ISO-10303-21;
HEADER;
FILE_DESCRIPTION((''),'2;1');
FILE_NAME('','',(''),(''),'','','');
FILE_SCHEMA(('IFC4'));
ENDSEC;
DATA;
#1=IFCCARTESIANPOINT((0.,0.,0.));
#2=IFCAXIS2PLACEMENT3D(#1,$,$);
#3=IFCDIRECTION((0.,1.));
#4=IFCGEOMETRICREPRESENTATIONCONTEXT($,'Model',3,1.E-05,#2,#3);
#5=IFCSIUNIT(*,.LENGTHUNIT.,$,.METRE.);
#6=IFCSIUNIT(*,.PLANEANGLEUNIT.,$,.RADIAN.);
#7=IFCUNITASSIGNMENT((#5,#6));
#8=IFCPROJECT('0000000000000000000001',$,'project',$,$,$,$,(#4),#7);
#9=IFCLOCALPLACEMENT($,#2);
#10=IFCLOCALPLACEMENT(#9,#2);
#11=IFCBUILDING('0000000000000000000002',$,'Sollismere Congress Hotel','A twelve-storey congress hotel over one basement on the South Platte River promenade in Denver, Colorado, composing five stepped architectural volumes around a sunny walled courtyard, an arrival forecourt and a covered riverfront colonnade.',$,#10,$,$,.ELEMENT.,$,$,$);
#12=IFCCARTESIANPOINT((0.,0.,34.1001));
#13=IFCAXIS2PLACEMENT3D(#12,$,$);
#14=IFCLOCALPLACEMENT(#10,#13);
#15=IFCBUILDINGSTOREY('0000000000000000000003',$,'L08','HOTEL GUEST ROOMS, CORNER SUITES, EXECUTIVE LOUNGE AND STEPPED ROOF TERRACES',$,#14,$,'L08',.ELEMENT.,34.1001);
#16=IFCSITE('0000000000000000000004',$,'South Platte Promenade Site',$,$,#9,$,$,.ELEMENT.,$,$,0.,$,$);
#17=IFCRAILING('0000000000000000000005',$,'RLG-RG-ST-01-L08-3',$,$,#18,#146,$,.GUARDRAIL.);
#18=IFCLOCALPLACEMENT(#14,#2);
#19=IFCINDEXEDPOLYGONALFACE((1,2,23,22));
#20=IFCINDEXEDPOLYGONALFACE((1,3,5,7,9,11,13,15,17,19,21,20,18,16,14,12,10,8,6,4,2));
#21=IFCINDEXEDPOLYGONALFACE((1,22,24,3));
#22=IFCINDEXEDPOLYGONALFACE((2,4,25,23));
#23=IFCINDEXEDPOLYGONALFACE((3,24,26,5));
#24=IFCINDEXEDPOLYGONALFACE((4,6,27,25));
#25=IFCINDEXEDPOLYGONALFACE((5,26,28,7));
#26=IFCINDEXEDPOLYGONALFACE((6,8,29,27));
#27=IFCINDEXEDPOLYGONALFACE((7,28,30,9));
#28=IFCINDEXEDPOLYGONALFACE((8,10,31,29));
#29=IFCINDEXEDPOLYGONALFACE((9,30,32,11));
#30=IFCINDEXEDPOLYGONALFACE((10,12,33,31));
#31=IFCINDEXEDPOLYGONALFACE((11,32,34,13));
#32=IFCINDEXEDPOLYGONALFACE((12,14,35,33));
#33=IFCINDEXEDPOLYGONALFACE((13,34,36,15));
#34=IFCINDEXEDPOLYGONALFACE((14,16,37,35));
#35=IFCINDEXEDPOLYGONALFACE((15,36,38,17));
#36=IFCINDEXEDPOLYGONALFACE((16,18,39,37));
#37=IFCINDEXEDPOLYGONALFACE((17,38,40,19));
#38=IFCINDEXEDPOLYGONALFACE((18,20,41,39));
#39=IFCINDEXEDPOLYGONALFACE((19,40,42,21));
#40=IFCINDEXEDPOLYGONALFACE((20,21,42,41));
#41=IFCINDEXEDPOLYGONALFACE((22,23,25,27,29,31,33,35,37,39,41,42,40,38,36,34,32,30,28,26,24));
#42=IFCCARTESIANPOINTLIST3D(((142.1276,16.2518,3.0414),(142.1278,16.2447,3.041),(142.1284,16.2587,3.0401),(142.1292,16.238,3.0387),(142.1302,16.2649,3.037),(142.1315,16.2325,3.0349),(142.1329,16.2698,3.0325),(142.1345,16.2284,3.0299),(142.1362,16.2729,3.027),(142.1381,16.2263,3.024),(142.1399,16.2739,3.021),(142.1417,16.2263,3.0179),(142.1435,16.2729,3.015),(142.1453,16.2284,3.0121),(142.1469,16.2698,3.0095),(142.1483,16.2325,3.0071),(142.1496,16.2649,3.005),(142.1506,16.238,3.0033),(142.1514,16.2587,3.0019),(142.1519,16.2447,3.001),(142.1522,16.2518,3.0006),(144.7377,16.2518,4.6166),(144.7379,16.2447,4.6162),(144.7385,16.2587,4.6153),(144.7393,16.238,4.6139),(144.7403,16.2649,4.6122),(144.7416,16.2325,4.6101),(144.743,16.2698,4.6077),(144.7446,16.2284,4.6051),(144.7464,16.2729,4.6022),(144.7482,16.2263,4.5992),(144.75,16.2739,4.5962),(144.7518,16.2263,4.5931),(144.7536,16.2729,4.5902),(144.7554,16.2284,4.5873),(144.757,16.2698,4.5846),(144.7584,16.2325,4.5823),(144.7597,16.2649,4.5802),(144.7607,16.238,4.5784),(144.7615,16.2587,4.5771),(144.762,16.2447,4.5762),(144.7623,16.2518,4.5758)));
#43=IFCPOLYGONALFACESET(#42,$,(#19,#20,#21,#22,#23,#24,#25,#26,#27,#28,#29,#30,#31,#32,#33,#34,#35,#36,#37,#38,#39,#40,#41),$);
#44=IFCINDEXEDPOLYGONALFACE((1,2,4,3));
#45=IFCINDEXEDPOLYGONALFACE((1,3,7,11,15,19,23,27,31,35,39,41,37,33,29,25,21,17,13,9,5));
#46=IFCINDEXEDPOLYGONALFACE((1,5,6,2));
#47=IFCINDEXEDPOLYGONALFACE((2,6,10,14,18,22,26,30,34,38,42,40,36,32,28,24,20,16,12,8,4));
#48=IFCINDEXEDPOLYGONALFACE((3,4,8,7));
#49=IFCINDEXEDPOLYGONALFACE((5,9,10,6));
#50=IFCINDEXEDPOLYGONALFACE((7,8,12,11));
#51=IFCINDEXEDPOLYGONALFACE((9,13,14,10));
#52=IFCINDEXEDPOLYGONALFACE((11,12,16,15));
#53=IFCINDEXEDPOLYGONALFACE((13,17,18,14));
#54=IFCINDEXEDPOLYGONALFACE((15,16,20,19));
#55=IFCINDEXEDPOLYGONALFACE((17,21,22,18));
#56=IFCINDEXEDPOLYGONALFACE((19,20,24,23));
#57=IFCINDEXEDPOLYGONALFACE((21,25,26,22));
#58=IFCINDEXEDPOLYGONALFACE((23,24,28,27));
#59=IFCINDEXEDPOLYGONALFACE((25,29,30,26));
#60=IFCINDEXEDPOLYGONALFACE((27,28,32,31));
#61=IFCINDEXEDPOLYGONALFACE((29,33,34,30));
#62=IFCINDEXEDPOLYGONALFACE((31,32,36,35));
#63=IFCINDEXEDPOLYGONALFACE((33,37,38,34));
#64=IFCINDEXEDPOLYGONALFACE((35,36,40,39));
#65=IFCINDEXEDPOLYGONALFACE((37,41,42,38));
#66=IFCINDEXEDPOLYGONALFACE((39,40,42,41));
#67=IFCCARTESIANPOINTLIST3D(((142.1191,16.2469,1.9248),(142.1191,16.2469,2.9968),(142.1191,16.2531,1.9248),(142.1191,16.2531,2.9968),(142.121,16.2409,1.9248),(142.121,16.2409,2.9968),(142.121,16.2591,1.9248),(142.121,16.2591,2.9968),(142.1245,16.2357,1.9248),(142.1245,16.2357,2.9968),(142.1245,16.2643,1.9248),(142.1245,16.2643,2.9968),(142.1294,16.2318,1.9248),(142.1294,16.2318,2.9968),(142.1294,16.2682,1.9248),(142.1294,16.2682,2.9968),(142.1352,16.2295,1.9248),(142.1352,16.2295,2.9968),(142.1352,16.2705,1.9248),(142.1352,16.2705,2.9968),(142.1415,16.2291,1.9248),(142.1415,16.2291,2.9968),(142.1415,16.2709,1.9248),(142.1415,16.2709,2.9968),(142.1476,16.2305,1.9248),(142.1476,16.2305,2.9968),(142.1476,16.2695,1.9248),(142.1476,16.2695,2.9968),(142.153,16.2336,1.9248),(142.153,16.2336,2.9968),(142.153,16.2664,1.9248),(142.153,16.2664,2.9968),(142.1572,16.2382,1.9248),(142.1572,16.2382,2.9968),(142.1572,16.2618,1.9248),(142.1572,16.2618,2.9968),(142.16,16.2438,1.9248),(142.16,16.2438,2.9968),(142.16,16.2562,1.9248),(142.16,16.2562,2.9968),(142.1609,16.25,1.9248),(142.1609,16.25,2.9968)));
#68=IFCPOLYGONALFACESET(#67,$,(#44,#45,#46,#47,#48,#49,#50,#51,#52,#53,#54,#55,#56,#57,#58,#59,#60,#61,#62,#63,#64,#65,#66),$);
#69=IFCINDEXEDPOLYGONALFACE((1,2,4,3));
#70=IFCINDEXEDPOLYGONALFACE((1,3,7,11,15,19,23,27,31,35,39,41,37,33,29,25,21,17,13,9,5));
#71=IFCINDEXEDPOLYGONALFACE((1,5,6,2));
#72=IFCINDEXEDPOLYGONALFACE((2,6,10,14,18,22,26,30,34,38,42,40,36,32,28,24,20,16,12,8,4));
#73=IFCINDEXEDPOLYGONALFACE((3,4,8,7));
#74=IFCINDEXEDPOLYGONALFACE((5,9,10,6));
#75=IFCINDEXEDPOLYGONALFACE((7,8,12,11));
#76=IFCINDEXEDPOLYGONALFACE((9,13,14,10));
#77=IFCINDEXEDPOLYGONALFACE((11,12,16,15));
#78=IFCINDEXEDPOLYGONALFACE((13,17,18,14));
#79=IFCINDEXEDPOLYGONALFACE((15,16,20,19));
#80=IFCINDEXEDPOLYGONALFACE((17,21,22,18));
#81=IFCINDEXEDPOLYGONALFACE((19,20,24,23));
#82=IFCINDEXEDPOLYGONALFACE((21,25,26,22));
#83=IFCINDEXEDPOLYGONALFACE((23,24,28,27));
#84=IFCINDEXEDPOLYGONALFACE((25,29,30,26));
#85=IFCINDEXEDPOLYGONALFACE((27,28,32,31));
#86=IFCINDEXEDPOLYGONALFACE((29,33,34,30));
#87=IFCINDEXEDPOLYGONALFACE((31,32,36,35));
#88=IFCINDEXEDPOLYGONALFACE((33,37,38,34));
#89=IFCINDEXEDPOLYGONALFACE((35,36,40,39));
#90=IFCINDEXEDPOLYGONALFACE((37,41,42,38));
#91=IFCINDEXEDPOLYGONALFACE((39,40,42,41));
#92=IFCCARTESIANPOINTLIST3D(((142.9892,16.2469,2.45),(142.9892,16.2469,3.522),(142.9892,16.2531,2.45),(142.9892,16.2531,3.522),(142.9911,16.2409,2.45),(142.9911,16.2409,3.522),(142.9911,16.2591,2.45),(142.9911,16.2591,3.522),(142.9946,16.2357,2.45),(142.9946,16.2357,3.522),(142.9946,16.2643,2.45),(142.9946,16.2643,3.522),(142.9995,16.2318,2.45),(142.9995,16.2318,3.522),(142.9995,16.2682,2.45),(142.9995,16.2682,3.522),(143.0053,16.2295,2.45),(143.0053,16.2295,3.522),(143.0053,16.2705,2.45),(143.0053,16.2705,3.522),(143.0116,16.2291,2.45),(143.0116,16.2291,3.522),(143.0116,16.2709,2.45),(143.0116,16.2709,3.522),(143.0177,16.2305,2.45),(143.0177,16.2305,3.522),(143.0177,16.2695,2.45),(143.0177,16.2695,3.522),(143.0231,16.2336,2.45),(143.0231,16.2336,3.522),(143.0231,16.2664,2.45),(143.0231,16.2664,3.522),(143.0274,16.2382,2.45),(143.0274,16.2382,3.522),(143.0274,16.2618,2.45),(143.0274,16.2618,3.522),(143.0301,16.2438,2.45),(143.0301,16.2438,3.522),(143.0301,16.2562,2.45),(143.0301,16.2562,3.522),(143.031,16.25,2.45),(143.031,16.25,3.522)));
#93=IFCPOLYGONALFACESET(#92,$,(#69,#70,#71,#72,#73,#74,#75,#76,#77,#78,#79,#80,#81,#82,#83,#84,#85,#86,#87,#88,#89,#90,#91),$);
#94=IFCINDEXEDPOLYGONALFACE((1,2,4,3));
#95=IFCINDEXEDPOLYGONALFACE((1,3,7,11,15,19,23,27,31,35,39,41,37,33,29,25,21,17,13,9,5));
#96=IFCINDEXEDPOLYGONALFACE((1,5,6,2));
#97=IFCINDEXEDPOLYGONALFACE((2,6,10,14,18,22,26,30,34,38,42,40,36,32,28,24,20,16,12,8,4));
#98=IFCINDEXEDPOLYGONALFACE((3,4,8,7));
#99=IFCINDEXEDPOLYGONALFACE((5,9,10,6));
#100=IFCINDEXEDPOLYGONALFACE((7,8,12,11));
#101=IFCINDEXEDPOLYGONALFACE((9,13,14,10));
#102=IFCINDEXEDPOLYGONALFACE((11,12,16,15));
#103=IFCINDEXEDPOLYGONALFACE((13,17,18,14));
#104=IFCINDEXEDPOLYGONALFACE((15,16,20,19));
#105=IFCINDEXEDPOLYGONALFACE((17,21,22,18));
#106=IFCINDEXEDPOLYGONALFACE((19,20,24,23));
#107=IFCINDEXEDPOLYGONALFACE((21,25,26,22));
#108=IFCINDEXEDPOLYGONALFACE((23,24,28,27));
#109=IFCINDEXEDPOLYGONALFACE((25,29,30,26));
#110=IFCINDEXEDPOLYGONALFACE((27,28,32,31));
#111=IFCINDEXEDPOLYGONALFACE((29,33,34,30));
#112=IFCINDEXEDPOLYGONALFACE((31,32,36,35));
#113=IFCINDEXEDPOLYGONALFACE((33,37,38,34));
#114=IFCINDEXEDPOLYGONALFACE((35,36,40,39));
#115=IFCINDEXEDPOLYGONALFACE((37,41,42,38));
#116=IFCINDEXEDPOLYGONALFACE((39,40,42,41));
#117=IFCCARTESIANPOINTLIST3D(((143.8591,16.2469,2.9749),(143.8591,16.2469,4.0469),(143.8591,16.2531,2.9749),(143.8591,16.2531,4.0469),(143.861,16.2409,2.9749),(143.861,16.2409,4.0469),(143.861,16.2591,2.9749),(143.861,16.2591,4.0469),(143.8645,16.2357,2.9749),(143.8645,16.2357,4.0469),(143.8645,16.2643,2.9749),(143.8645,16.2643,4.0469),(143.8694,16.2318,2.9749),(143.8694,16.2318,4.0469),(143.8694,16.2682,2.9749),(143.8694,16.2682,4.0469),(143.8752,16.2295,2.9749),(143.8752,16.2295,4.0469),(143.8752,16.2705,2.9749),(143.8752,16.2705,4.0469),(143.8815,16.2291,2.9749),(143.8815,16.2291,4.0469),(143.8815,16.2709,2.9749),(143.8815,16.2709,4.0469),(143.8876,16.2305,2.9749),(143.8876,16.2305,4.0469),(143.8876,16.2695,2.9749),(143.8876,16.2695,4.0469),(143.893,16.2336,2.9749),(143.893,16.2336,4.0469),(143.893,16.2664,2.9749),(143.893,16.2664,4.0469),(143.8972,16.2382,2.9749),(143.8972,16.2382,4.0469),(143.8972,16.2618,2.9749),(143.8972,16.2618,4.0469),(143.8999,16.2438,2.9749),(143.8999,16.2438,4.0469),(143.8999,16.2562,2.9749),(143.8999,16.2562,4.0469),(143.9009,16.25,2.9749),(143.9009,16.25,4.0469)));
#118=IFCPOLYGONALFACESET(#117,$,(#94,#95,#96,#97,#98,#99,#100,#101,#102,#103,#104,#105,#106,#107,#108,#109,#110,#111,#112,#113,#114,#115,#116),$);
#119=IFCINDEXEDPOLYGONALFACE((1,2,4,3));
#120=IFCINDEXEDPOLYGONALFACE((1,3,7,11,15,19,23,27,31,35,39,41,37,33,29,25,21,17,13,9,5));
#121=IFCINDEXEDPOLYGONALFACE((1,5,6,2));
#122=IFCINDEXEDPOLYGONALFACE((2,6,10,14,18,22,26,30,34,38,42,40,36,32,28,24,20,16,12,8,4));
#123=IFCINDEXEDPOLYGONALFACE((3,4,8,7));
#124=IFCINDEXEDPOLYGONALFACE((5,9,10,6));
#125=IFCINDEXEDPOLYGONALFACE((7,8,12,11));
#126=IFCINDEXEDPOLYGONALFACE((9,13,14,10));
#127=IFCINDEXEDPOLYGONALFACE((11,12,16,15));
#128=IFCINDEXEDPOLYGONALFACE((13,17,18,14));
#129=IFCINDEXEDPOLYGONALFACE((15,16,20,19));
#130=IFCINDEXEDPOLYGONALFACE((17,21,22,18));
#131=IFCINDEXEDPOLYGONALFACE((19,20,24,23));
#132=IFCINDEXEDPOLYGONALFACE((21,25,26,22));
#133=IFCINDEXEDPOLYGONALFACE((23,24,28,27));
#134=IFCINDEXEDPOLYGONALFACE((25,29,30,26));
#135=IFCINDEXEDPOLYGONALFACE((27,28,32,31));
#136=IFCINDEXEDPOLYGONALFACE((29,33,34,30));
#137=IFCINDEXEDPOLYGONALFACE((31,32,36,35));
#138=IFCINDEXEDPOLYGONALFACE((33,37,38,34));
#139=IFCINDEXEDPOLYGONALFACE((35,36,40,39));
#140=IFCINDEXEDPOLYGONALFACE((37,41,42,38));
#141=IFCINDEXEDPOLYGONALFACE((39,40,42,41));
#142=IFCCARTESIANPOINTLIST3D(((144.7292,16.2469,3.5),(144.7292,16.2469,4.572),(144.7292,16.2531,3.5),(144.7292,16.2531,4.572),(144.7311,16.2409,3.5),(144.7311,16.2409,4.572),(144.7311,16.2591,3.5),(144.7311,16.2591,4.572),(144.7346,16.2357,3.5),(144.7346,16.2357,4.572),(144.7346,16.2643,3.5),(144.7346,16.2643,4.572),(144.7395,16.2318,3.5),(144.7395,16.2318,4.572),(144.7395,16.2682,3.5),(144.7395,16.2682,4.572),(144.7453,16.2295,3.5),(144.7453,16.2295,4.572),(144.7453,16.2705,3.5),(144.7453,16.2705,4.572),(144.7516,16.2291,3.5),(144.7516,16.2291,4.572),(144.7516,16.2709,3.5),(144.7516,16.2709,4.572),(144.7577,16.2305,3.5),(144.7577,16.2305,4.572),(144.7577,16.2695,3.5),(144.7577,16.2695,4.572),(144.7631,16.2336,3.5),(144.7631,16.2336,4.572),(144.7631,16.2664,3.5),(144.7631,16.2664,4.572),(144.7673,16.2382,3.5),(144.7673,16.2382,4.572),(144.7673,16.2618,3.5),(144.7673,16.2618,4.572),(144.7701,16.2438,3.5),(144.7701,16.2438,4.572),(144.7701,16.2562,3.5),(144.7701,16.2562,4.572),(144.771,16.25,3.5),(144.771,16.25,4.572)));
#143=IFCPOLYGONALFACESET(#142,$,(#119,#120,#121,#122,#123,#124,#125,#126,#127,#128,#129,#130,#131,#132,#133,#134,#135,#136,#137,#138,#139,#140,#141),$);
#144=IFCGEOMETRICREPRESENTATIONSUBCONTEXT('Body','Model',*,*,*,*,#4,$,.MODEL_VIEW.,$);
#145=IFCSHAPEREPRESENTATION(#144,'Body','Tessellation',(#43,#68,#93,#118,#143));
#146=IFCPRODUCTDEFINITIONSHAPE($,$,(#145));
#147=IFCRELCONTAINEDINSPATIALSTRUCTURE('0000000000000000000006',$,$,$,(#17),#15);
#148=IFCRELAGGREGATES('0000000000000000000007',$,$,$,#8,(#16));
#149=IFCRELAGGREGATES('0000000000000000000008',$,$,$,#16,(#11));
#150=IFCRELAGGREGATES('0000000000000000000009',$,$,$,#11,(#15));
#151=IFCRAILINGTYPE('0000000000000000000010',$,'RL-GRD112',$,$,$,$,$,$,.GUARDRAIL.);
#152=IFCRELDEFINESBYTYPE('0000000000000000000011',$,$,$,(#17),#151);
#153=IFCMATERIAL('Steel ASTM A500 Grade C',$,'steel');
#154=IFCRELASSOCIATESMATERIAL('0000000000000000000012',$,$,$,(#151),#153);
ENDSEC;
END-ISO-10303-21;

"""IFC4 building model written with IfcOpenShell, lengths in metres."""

from ifc_helpers import new_model, si_unit, direction, frame, origin, origin_2d, place, context, subcontext, project, spatial, circle, extrude, material, type_object, element, save


model = new_model("IFC4")

# Units and contexts
model_context = context("Model", 3, precision=1e-05, world=origin(), true_north=direction((0.0, 1.0)))
body_context = subcontext(model_context, "Body", "Model", "MODEL_VIEW")
ifc_project = project(units=[si_unit("LENGTHUNIT", "METRE"), si_unit("PLANEANGLEUNIT", "RADIAN")], contexts=[model_context])

# Site, building, storey
site_placement = place(None, origin())
site = spatial("IfcSite", under=ifc_project, at=site_placement, Name="South Platte Promenade Site", CompositionType="ELEMENT", RefElevation=0.0)
building_placement = place(site_placement, origin())
building = spatial("IfcBuilding", under=site, at=building_placement, Name="Sollismere Congress Hotel", Description="A twelve-storey congress hotel over one basement on the South Platte River promenade in Denver, Colorado, composing five stepped architectural volumes around a sunny walled courtyard, an arrival forecourt and a covered riverfront colonnade.", CompositionType="ELEMENT")
storey_placement = place(building_placement, frame((0.0, 0.0, 34.1001)))
storey = spatial("IfcBuildingStorey", under=building, at=storey_placement, Name="L08", Description="HOTEL GUEST ROOMS, CORNER SUITES, EXECUTIVE LOUNGE AND STEPPED ROOF TERRACES", LongName="L08", CompositionType="ELEMENT", Elevation=34.1001)

# Railing
ifc_material_1 = material(Name="Steel ASTM A500 Grade C", Category="steel")
railing_type_1 = type_object("IfcRailingType", Name="RL-GRD112", PredefinedType="GUARDRAIL", material=ifc_material_1)
railing_1_placement = place(storey_placement, frame((142.1399, 16.25, 1.9248)))
element("IfcRailing", 1, at=railing_1_placement, inside=storey, type_object=railing_type_1, Name="RLG-RG-ST-01-L08-3", PredefinedType="GUARDRAIL", context=body_context, shape_type="SweptSolid", body=[
    extrude(circle(Radius=0.0239, at=origin_2d()), frame((0.0, 0.0, 1.0962), z_axis=(0.856169, 0.0, 0.516696), x_axis=(0.0, 1.0, 0.0)), (0.0, 0.0, 1.0), 3.0486),
    extrude(circle(Radius=0.021, at=origin_2d()), origin(), (0.0, 0.0, 1.0), 1.072),
    extrude(circle(Radius=0.021, at=origin_2d()), frame((0.8701, 0.0, 0.5251)), (0.0, 0.0, 1.0), 1.072),
    extrude(circle(Radius=0.021, at=origin_2d()), frame((1.74, 0.0, 1.05)), (0.0, 0.0, 1.0), 1.072),
    extrude(circle(Radius=0.021, at=origin_2d()), frame((2.6101, 0.0, 1.5752)), (0.0, 0.0, 1.0), 1.072),
])

save(model, "model.ifc")
